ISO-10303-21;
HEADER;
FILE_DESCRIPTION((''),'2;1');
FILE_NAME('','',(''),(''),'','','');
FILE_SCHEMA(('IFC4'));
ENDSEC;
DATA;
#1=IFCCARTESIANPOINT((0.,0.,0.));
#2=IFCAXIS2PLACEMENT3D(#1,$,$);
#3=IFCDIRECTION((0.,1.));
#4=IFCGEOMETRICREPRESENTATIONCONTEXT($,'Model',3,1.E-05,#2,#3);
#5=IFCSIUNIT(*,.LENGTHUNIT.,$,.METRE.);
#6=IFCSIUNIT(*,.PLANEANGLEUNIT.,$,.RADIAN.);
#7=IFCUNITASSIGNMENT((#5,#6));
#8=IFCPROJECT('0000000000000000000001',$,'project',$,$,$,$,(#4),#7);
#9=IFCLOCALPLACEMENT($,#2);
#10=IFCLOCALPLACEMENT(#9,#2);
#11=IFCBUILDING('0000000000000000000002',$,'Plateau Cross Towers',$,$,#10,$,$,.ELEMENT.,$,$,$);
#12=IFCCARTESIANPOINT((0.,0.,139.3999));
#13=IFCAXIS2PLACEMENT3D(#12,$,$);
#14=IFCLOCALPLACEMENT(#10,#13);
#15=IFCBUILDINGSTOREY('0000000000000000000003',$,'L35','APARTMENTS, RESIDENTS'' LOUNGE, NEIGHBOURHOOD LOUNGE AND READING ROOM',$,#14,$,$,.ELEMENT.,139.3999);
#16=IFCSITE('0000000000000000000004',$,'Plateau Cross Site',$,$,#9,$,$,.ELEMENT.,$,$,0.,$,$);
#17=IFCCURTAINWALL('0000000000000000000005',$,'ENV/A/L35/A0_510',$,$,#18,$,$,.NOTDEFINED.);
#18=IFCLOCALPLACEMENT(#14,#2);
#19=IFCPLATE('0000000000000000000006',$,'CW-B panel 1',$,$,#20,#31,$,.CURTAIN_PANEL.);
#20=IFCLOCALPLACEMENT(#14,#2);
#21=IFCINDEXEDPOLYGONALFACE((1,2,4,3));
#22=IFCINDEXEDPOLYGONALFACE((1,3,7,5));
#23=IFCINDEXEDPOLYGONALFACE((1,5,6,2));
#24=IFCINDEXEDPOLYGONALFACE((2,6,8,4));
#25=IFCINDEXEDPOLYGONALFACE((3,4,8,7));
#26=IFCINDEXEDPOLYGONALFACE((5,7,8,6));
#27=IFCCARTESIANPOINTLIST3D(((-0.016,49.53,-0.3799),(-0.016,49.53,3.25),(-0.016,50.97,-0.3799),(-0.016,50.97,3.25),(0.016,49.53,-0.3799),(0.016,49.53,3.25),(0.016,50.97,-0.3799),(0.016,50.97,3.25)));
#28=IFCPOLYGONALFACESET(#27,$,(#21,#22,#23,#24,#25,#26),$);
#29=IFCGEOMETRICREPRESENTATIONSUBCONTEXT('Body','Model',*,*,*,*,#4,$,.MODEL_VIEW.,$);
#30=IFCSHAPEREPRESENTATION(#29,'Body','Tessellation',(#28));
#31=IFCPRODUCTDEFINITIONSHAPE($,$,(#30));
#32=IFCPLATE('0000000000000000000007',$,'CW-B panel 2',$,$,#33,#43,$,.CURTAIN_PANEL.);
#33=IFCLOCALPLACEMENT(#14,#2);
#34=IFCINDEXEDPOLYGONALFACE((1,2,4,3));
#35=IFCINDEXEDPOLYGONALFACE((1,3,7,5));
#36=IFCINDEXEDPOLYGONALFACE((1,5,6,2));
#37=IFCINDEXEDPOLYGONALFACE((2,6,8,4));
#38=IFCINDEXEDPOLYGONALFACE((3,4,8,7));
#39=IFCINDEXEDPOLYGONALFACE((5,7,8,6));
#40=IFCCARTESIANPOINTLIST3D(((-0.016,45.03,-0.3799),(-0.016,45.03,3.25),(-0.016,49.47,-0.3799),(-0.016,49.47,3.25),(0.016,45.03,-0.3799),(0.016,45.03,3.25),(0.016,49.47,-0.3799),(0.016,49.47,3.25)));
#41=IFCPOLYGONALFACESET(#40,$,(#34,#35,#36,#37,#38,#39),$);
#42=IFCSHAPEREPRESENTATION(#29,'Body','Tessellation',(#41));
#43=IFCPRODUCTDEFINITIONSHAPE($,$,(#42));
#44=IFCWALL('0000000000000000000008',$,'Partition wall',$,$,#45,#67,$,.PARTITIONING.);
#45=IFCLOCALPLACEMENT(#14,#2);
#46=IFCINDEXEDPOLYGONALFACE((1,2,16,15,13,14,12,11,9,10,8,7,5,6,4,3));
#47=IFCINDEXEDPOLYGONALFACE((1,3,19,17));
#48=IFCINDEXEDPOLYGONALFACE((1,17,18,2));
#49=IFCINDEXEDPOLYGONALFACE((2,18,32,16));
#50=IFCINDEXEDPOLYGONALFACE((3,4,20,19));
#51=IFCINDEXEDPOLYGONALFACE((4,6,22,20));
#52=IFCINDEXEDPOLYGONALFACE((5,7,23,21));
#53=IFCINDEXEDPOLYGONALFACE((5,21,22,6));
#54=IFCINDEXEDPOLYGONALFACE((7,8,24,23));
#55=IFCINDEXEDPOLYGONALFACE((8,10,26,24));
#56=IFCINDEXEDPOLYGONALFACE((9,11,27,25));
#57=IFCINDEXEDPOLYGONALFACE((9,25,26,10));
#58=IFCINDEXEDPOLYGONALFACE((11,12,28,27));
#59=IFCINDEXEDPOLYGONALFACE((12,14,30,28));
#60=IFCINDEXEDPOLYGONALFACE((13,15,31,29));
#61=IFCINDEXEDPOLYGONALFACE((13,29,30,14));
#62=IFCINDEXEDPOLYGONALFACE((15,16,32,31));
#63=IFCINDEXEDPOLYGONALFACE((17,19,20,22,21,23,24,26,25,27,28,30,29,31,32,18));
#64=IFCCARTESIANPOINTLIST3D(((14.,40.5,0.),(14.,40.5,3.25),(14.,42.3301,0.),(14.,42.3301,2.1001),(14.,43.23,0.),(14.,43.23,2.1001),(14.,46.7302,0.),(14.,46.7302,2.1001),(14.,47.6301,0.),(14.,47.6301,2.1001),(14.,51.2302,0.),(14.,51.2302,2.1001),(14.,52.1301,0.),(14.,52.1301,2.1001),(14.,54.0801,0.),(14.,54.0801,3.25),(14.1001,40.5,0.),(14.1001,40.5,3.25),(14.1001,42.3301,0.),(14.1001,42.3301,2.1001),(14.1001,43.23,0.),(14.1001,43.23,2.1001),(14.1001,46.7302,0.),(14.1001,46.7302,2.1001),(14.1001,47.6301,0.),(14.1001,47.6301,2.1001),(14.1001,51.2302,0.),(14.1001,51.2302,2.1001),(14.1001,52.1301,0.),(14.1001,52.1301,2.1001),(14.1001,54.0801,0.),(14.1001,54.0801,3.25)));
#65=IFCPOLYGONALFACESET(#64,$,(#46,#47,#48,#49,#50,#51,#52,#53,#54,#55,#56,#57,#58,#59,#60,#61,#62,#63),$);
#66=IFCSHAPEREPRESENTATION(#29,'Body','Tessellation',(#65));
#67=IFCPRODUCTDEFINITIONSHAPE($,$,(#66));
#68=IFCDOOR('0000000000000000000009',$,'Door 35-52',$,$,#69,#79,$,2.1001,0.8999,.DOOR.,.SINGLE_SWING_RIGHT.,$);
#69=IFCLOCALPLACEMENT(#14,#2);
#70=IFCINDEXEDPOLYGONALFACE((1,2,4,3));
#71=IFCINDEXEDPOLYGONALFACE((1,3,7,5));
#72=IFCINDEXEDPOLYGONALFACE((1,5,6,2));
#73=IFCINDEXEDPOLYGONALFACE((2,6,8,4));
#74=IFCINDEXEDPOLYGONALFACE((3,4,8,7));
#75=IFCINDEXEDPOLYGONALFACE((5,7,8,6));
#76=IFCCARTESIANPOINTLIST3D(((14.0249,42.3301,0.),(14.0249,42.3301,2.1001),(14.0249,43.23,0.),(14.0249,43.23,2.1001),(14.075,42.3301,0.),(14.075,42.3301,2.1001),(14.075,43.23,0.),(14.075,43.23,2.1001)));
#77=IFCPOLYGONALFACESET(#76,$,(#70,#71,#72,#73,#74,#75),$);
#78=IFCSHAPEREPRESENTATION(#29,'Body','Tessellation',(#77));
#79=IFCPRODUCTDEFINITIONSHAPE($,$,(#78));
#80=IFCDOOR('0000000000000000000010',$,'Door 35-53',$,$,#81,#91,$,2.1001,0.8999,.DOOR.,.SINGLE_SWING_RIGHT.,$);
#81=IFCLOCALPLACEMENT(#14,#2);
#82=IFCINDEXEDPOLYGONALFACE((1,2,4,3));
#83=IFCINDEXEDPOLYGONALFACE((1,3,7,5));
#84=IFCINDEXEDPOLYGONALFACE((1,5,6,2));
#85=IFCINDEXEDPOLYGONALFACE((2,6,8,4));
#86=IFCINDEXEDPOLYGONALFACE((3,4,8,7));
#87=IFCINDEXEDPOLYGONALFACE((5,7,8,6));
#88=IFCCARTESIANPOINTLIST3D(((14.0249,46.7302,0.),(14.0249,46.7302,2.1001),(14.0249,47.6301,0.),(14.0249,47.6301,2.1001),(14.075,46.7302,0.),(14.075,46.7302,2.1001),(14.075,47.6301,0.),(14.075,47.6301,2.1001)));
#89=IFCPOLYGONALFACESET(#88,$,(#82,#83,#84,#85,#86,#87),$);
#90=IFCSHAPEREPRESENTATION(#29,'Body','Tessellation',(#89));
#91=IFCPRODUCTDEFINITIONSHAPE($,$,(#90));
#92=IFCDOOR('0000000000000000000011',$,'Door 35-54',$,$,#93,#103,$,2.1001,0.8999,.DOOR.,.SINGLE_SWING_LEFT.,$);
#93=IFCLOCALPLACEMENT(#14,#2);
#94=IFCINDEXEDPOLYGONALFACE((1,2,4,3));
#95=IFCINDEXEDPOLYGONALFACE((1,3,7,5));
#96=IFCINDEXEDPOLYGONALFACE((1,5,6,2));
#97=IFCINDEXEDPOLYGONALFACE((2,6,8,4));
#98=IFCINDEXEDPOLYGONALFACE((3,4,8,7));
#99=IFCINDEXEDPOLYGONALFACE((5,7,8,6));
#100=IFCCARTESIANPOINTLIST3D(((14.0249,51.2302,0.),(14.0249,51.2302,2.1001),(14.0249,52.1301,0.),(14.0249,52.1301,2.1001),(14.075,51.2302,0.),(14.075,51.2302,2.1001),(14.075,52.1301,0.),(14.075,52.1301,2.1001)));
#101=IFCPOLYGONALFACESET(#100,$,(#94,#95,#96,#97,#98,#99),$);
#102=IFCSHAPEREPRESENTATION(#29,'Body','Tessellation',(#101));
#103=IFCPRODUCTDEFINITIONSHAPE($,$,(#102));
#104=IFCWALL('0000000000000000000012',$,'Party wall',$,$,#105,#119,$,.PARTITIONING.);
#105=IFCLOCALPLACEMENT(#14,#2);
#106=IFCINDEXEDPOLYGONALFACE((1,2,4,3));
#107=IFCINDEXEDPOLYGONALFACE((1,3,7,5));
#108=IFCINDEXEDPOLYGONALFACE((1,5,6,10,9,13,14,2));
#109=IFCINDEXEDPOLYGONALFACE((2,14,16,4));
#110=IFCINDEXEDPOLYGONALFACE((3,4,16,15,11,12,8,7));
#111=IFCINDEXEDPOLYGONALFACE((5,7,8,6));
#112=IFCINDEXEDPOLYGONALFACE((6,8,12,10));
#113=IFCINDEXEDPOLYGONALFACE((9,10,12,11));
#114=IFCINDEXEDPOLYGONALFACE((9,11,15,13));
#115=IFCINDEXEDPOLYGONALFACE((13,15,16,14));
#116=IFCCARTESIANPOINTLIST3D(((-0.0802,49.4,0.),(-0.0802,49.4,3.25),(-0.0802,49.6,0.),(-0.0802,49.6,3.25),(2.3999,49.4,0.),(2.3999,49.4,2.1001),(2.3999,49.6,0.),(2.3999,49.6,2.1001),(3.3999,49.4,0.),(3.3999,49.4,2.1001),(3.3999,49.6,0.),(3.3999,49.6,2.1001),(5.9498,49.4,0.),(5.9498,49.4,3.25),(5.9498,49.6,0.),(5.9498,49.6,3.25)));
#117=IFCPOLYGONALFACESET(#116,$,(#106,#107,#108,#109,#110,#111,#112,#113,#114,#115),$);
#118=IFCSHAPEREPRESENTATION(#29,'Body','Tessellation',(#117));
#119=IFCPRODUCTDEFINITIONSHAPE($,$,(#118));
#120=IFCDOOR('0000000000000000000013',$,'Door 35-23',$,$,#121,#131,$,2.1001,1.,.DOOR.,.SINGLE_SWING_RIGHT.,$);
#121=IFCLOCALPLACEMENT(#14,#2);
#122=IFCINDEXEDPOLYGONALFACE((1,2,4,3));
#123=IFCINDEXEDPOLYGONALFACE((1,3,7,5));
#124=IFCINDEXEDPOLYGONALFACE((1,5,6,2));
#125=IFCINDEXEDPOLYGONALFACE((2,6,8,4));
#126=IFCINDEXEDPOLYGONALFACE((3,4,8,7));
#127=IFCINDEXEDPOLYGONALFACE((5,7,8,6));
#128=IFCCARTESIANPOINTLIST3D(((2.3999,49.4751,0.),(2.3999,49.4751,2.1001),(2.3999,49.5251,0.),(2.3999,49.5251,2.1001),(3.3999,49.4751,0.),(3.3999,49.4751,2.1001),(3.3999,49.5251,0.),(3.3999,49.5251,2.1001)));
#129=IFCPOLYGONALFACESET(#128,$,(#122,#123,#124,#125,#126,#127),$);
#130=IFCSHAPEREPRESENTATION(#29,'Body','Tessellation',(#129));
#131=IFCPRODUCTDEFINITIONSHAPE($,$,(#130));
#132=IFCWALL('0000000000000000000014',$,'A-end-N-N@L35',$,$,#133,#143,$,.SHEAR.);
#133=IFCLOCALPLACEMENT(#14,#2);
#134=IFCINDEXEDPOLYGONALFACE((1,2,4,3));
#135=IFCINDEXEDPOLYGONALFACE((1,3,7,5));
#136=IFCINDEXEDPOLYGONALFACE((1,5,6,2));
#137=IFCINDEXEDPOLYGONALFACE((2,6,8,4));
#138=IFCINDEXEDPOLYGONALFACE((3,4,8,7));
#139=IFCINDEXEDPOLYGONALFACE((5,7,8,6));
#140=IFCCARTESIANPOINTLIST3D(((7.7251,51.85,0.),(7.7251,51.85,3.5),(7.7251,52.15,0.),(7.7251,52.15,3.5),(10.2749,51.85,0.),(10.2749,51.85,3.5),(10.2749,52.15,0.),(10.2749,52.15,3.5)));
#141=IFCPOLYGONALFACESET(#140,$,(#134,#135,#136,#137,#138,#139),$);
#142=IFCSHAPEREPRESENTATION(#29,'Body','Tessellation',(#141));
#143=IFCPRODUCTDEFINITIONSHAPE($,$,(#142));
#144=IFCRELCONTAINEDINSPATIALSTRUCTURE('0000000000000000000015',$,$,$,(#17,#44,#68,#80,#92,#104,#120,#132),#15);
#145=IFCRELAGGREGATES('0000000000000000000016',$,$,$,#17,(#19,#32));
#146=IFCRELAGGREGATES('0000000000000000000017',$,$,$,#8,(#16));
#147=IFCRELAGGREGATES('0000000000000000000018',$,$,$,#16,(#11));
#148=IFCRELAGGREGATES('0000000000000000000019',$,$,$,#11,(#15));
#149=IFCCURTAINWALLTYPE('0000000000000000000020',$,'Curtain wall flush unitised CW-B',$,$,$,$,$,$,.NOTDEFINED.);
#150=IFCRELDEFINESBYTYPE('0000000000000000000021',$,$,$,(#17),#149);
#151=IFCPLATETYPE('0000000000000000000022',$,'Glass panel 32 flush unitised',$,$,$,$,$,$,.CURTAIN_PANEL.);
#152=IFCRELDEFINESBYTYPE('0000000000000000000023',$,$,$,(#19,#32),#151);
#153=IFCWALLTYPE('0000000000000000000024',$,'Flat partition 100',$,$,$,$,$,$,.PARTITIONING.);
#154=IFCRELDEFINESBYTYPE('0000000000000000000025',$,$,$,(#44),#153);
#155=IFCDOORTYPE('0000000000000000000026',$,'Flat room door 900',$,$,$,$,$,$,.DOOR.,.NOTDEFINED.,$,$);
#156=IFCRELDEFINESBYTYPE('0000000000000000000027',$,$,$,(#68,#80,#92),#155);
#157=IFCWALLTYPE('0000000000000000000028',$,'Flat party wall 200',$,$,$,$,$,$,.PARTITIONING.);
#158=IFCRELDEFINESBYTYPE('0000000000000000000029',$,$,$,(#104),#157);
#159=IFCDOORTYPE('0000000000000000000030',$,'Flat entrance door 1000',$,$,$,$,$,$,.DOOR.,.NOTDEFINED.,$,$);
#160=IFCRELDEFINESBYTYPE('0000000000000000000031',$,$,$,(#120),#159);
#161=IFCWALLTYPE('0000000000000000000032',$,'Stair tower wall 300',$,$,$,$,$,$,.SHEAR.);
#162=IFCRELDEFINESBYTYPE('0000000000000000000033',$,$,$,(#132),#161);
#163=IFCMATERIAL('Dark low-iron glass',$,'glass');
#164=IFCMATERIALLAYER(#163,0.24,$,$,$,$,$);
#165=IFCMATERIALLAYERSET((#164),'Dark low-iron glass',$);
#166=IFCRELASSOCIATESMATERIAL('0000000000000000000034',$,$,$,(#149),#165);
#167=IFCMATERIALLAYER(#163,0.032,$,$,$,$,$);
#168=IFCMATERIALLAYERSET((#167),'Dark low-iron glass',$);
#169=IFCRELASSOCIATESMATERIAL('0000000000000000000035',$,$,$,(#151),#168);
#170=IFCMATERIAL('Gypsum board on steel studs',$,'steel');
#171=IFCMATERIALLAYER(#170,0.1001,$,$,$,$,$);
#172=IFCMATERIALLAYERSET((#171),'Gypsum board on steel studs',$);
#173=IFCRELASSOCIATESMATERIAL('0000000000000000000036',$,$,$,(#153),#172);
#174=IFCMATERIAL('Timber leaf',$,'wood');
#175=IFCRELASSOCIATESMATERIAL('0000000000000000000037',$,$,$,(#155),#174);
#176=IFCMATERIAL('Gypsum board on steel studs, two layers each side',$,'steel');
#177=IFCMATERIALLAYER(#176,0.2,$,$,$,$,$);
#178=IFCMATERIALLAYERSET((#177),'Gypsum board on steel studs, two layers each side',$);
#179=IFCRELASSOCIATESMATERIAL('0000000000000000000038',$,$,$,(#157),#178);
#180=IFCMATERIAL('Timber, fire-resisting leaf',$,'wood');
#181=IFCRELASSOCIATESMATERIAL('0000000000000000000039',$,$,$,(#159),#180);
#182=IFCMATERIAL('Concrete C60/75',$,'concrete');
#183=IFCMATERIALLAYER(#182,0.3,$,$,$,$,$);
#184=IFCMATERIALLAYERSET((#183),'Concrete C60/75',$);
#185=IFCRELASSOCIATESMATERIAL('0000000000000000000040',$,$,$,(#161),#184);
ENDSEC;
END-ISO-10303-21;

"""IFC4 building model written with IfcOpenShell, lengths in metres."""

from ifc_helpers import new_model, si_unit, direction, frame, frame_2d, origin, origin_2d, place, context, subcontext, project, spatial, rectangle, extrude, material, layer, layer_set, type_object, element, fill, aggregate, save


model = new_model("IFC4")

# Units and contexts
model_context = context("Model", 3, precision=1e-05, world=origin(), true_north=direction((0.0, 1.0)))
body_context = subcontext(model_context, "Body", "Model", "MODEL_VIEW")
ifc_project = project(units=[si_unit("LENGTHUNIT", "METRE"), si_unit("PLANEANGLEUNIT", "RADIAN")], contexts=[model_context])

# Site, building, storey
site_placement = place(None, origin())
site = spatial("IfcSite", under=ifc_project, at=site_placement, Name="Plateau Cross Site", CompositionType="ELEMENT", RefElevation=0.0)
building_placement = place(site_placement, origin())
building = spatial("IfcBuilding", under=site, at=building_placement, Name="Plateau Cross Towers", CompositionType="ELEMENT")
storey_placement = place(building_placement, frame((0.0, 0.0, 139.3999)))
storey = spatial("IfcBuildingStorey", under=building, at=storey_placement, Name="L35", Description="APARTMENTS, RESIDENTS' LOUNGE, NEIGHBOURHOOD LOUNGE AND READING ROOM", CompositionType="ELEMENT", Elevation=139.3999)

# Shared definitions
ifc_material_1 = material(Name="Concrete C60/75", Category="concrete")

# Shared definitions
ifc_material_2 = material(Name="Dark low-iron glass", Category="glass")
ifc_layer_1 = layer(ifc_material_2, 0.24)
ifc_layer_set_1 = layer_set([ifc_layer_1], Name="Dark low-iron glass")
curtain_wall_type = type_object("IfcCurtainWallType", Name="Curtain wall flush unitised CW-B", PredefinedType="NOTDEFINED", material=ifc_layer_set_1)

# Curtain wall
curtain_wall_1_placement = place(storey_placement, origin())
curtain_wall_1 = element("IfcCurtainWall", 1, at=curtain_wall_1_placement, inside=storey, type_object=curtain_wall_type, Name="ENV/A/L35/A0_510", PredefinedType="NOTDEFINED")

# Plates
ifc_layer_2 = layer(ifc_material_2, 0.032)
ifc_layer_set_2 = layer_set([ifc_layer_2], Name="Dark low-iron glass")
plate_type = type_object("IfcPlateType", Name="Glass panel 32 flush unitised", PredefinedType="CURTAIN_PANEL", material=ifc_layer_set_2)
plate_1_placement = place(storey_placement, frame((0.0, 50.25, -0.3799), z_axis=(0.0, 0.0, 1.0), x_axis=(0.0, -1.0, 0.0)))
plate_1 = element("IfcPlate", 2, at=plate_1_placement, type_object=plate_type, Name="CW-B panel 1", PredefinedType="CURTAIN_PANEL", context=body_context, shape_type="SweptSolid", body=[
    extrude(rectangle(XDim=1.4399, YDim=0.032, at=origin_2d()), origin(), (0.0, 0.0, 1.0), 3.6299),
])
plate_2_placement = place(storey_placement, frame((0.0, 47.25, -0.3799), z_axis=(0.0, 0.0, 1.0), x_axis=(0.0, -1.0, 0.0)))
plate_2 = element("IfcPlate", 3, at=plate_2_placement, type_object=plate_type, Name="CW-B panel 2", PredefinedType="CURTAIN_PANEL", context=body_context, shape_type="SweptSolid", body=[
    extrude(rectangle(XDim=4.4399, YDim=0.032, at=origin_2d()), origin(), (0.0, 0.0, 1.0), 3.6299),
])
aggregate(curtain_wall_1, [plate_1, plate_2])

# Wall, openings, doors
ifc_material_3 = material(Name="Gypsum board on steel studs", Category="steel")
ifc_layer_3 = layer(ifc_material_3, 0.1001)
ifc_layer_set_3 = layer_set([ifc_layer_3], Name="Gypsum board on steel studs")
wall_type_1 = type_object("IfcWallType", Name="Flat partition 100", PredefinedType="PARTITIONING", material=ifc_layer_set_3)
wall_1_placement = place(storey_placement, frame((14.05, 54.0801, 0.0), z_axis=(0.0, 0.0, 1.0), x_axis=(0.0, -1.0, 0.0)))
wall_1 = element("IfcWall", 4, at=wall_1_placement, inside=storey, type_object=wall_type_1, Name="Partition wall", PredefinedType="PARTITIONING", context=body_context, shape_type="SweptSolid", body=[
    extrude(rectangle(XDim=13.5801, YDim=0.1001, at=frame_2d((6.79, 0.0))), origin(), (0.0, 0.0, 1.0), 3.25),
])
opening_1_placement = place(wall_1_placement, frame((10.8501, 0.0, 0.0)))
opening_1 = element("IfcOpeningElement", 5, at=opening_1_placement, cuts=wall_1, PredefinedType="OPENING", context=body_context, shape_type="SweptSolid", body=[
    extrude(rectangle(XDim=0.8999, YDim=2.1001, at=frame_2d((0.45, 1.05))), frame((0.0, 0.0601, 0.0), z_axis=(0.0, -1.0, 0.0), x_axis=(1.0, 0.0, 0.0)), (0.0, 0.0, 1.0), 0.1201),
])
opening_2_placement = place(wall_1_placement, frame((6.45, 0.0, 0.0)))
opening_2 = element("IfcOpeningElement", 6, at=opening_2_placement, cuts=wall_1, PredefinedType="OPENING", context=body_context, shape_type="SweptSolid", body=[
    extrude(rectangle(XDim=0.8999, YDim=2.1001, at=frame_2d((0.45, 1.05))), frame((0.0, 0.0601, 0.0), z_axis=(0.0, -1.0, 0.0), x_axis=(1.0, 0.0, 0.0)), (0.0, 0.0, 1.0), 0.1201),
])
opening_3_placement = place(wall_1_placement, frame((1.95, 0.0, 0.0)))
opening_3 = element("IfcOpeningElement", 7, at=opening_3_placement, cuts=wall_1, PredefinedType="OPENING", context=body_context, shape_type="SweptSolid", body=[
    extrude(rectangle(XDim=0.8999, YDim=2.1001, at=frame_2d((0.45, 1.05))), frame((0.0, 0.0601, 0.0), z_axis=(0.0, -1.0, 0.0), x_axis=(1.0, 0.0, 0.0)), (0.0, 0.0, 1.0), 0.1201),
])
ifc_material_4 = material(Name="Timber leaf", Category="wood")
door_type_1 = type_object("IfcDoorType", Name="Flat room door 900", OperationType="NOTDEFINED", PredefinedType="DOOR", material=ifc_material_4)
door_1_placement = place(opening_1_placement, origin())
door_1 = element("IfcDoor", 8, at=door_1_placement, inside=storey, type_object=door_type_1, Name="Door 35-52", OperationType="SINGLE_SWING_RIGHT", OverallHeight=2.1001, OverallWidth=0.8999, PredefinedType="DOOR", context=body_context, shape_type="SweptSolid", body=[
    extrude(rectangle(XDim=0.8999, YDim=2.1001, at=frame_2d((0.45, 1.05))), frame((0.0, 0.0249, 0.0), z_axis=(0.0, -1.0, 0.0), x_axis=(1.0, 0.0, 0.0)), (0.0, 0.0, 1.0), 0.05),
])
fill(opening_1, door_1)
door_2_placement = place(opening_2_placement, origin())
door_2 = element("IfcDoor", 9, at=door_2_placement, inside=storey, type_object=door_type_1, Name="Door 35-53", OperationType="SINGLE_SWING_RIGHT", OverallHeight=2.1001, OverallWidth=0.8999, PredefinedType="DOOR", context=body_context, shape_type="SweptSolid", body=[
    extrude(rectangle(XDim=0.8999, YDim=2.1001, at=frame_2d((0.45, 1.05))), frame((0.0, 0.0249, 0.0), z_axis=(0.0, -1.0, 0.0), x_axis=(1.0, 0.0, 0.0)), (0.0, 0.0, 1.0), 0.05),
])
fill(opening_2, door_2)
door_3_placement = place(opening_3_placement, origin())
door_3 = element("IfcDoor", 10, at=door_3_placement, inside=storey, type_object=door_type_1, Name="Door 35-54", OperationType="SINGLE_SWING_LEFT", OverallHeight=2.1001, OverallWidth=0.8999, PredefinedType="DOOR", context=body_context, shape_type="SweptSolid", body=[
    extrude(rectangle(XDim=0.8999, YDim=2.1001, at=frame_2d((0.45, 1.05))), frame((0.0, 0.0249, 0.0), z_axis=(0.0, -1.0, 0.0), x_axis=(1.0, 0.0, 0.0)), (0.0, 0.0, 1.0), 0.05),
])
fill(opening_3, door_3)

# Wall, opening, door
ifc_material_5 = material(Name="Gypsum board on steel studs, two layers each side", Category="steel")
ifc_layer_4 = layer(ifc_material_5, 0.2)
ifc_layer_set_4 = layer_set([ifc_layer_4], Name="Gypsum board on steel studs, two layers each side")
wall_type_2 = type_object("IfcWallType", Name="Flat party wall 200", PredefinedType="PARTITIONING", material=ifc_layer_set_4)
wall_2_placement = place(storey_placement, frame((5.95, 49.5, 0.0), z_axis=(0.0, 0.0, 1.0), x_axis=(-1.0, 0.0, 0.0)))
wall_2 = element("IfcWall", 11, at=wall_2_placement, inside=storey, type_object=wall_type_2, Name="Party wall", PredefinedType="PARTITIONING", context=body_context, shape_type="SweptSolid", body=[
    extrude(rectangle(XDim=6.03, YDim=0.2, at=frame_2d((3.0151, 0.0))), origin(), (0.0, 0.0, 1.0), 3.25),
])
opening_4_placement = place(wall_2_placement, frame((2.55, 0.0, 0.0)))
opening_4 = element("IfcOpeningElement", 12, at=opening_4_placement, cuts=wall_2, PredefinedType="OPENING", context=body_context, shape_type="SweptSolid", body=[
    extrude(rectangle(XDim=1.0, YDim=2.1001, at=frame_2d((0.5, 1.05))), frame((0.0, 0.1099, 0.0), z_axis=(0.0, -1.0, 0.0), x_axis=(1.0, 0.0, 0.0)), (0.0, 0.0, 1.0), 0.22),
])
ifc_material_6 = material(Name="Timber, fire-resisting leaf", Category="wood")
door_type_2 = type_object("IfcDoorType", Name="Flat entrance door 1000", OperationType="NOTDEFINED", PredefinedType="DOOR", material=ifc_material_6)
door_4_placement = place(opening_4_placement, origin())
door_4 = element("IfcDoor", 13, at=door_4_placement, inside=storey, type_object=door_type_2, Name="Door 35-23", OperationType="SINGLE_SWING_RIGHT", OverallHeight=2.1001, OverallWidth=1.0, PredefinedType="DOOR", context=body_context, shape_type="SweptSolid", body=[
    extrude(rectangle(XDim=1.0, YDim=2.1001, at=frame_2d((0.5, 1.05))), frame((0.0, 0.0249, 0.0), z_axis=(0.0, -1.0, 0.0), x_axis=(1.0, 0.0, 0.0)), (0.0, 0.0, 1.0), 0.05),
])
fill(opening_4, door_4)

# Wall
ifc_layer_5 = layer(ifc_material_1, 0.3)
ifc_layer_set_5 = layer_set([ifc_layer_5], Name="Concrete C60/75")
wall_type_3 = type_object("IfcWallType", Name="Stair tower wall 300", PredefinedType="SHEAR", material=ifc_layer_set_5)
wall_3_placement = place(storey_placement, frame((7.7251, 52.0, 0.0), z_axis=(0.0, 0.0, 1.0), x_axis=(1.0, 0.0, 0.0)))
element("IfcWall", 14, at=wall_3_placement, inside=storey, type_object=wall_type_3, Name="A-end-N-N@L35", PredefinedType="SHEAR", context=body_context, shape_type="SweptSolid", body=[
    extrude(rectangle(XDim=2.5498, YDim=0.3, at=frame_2d((1.2749, 0.0))), origin(), (0.0, 0.0, 1.0), 3.5),
])

save(model, "model.ifc")
